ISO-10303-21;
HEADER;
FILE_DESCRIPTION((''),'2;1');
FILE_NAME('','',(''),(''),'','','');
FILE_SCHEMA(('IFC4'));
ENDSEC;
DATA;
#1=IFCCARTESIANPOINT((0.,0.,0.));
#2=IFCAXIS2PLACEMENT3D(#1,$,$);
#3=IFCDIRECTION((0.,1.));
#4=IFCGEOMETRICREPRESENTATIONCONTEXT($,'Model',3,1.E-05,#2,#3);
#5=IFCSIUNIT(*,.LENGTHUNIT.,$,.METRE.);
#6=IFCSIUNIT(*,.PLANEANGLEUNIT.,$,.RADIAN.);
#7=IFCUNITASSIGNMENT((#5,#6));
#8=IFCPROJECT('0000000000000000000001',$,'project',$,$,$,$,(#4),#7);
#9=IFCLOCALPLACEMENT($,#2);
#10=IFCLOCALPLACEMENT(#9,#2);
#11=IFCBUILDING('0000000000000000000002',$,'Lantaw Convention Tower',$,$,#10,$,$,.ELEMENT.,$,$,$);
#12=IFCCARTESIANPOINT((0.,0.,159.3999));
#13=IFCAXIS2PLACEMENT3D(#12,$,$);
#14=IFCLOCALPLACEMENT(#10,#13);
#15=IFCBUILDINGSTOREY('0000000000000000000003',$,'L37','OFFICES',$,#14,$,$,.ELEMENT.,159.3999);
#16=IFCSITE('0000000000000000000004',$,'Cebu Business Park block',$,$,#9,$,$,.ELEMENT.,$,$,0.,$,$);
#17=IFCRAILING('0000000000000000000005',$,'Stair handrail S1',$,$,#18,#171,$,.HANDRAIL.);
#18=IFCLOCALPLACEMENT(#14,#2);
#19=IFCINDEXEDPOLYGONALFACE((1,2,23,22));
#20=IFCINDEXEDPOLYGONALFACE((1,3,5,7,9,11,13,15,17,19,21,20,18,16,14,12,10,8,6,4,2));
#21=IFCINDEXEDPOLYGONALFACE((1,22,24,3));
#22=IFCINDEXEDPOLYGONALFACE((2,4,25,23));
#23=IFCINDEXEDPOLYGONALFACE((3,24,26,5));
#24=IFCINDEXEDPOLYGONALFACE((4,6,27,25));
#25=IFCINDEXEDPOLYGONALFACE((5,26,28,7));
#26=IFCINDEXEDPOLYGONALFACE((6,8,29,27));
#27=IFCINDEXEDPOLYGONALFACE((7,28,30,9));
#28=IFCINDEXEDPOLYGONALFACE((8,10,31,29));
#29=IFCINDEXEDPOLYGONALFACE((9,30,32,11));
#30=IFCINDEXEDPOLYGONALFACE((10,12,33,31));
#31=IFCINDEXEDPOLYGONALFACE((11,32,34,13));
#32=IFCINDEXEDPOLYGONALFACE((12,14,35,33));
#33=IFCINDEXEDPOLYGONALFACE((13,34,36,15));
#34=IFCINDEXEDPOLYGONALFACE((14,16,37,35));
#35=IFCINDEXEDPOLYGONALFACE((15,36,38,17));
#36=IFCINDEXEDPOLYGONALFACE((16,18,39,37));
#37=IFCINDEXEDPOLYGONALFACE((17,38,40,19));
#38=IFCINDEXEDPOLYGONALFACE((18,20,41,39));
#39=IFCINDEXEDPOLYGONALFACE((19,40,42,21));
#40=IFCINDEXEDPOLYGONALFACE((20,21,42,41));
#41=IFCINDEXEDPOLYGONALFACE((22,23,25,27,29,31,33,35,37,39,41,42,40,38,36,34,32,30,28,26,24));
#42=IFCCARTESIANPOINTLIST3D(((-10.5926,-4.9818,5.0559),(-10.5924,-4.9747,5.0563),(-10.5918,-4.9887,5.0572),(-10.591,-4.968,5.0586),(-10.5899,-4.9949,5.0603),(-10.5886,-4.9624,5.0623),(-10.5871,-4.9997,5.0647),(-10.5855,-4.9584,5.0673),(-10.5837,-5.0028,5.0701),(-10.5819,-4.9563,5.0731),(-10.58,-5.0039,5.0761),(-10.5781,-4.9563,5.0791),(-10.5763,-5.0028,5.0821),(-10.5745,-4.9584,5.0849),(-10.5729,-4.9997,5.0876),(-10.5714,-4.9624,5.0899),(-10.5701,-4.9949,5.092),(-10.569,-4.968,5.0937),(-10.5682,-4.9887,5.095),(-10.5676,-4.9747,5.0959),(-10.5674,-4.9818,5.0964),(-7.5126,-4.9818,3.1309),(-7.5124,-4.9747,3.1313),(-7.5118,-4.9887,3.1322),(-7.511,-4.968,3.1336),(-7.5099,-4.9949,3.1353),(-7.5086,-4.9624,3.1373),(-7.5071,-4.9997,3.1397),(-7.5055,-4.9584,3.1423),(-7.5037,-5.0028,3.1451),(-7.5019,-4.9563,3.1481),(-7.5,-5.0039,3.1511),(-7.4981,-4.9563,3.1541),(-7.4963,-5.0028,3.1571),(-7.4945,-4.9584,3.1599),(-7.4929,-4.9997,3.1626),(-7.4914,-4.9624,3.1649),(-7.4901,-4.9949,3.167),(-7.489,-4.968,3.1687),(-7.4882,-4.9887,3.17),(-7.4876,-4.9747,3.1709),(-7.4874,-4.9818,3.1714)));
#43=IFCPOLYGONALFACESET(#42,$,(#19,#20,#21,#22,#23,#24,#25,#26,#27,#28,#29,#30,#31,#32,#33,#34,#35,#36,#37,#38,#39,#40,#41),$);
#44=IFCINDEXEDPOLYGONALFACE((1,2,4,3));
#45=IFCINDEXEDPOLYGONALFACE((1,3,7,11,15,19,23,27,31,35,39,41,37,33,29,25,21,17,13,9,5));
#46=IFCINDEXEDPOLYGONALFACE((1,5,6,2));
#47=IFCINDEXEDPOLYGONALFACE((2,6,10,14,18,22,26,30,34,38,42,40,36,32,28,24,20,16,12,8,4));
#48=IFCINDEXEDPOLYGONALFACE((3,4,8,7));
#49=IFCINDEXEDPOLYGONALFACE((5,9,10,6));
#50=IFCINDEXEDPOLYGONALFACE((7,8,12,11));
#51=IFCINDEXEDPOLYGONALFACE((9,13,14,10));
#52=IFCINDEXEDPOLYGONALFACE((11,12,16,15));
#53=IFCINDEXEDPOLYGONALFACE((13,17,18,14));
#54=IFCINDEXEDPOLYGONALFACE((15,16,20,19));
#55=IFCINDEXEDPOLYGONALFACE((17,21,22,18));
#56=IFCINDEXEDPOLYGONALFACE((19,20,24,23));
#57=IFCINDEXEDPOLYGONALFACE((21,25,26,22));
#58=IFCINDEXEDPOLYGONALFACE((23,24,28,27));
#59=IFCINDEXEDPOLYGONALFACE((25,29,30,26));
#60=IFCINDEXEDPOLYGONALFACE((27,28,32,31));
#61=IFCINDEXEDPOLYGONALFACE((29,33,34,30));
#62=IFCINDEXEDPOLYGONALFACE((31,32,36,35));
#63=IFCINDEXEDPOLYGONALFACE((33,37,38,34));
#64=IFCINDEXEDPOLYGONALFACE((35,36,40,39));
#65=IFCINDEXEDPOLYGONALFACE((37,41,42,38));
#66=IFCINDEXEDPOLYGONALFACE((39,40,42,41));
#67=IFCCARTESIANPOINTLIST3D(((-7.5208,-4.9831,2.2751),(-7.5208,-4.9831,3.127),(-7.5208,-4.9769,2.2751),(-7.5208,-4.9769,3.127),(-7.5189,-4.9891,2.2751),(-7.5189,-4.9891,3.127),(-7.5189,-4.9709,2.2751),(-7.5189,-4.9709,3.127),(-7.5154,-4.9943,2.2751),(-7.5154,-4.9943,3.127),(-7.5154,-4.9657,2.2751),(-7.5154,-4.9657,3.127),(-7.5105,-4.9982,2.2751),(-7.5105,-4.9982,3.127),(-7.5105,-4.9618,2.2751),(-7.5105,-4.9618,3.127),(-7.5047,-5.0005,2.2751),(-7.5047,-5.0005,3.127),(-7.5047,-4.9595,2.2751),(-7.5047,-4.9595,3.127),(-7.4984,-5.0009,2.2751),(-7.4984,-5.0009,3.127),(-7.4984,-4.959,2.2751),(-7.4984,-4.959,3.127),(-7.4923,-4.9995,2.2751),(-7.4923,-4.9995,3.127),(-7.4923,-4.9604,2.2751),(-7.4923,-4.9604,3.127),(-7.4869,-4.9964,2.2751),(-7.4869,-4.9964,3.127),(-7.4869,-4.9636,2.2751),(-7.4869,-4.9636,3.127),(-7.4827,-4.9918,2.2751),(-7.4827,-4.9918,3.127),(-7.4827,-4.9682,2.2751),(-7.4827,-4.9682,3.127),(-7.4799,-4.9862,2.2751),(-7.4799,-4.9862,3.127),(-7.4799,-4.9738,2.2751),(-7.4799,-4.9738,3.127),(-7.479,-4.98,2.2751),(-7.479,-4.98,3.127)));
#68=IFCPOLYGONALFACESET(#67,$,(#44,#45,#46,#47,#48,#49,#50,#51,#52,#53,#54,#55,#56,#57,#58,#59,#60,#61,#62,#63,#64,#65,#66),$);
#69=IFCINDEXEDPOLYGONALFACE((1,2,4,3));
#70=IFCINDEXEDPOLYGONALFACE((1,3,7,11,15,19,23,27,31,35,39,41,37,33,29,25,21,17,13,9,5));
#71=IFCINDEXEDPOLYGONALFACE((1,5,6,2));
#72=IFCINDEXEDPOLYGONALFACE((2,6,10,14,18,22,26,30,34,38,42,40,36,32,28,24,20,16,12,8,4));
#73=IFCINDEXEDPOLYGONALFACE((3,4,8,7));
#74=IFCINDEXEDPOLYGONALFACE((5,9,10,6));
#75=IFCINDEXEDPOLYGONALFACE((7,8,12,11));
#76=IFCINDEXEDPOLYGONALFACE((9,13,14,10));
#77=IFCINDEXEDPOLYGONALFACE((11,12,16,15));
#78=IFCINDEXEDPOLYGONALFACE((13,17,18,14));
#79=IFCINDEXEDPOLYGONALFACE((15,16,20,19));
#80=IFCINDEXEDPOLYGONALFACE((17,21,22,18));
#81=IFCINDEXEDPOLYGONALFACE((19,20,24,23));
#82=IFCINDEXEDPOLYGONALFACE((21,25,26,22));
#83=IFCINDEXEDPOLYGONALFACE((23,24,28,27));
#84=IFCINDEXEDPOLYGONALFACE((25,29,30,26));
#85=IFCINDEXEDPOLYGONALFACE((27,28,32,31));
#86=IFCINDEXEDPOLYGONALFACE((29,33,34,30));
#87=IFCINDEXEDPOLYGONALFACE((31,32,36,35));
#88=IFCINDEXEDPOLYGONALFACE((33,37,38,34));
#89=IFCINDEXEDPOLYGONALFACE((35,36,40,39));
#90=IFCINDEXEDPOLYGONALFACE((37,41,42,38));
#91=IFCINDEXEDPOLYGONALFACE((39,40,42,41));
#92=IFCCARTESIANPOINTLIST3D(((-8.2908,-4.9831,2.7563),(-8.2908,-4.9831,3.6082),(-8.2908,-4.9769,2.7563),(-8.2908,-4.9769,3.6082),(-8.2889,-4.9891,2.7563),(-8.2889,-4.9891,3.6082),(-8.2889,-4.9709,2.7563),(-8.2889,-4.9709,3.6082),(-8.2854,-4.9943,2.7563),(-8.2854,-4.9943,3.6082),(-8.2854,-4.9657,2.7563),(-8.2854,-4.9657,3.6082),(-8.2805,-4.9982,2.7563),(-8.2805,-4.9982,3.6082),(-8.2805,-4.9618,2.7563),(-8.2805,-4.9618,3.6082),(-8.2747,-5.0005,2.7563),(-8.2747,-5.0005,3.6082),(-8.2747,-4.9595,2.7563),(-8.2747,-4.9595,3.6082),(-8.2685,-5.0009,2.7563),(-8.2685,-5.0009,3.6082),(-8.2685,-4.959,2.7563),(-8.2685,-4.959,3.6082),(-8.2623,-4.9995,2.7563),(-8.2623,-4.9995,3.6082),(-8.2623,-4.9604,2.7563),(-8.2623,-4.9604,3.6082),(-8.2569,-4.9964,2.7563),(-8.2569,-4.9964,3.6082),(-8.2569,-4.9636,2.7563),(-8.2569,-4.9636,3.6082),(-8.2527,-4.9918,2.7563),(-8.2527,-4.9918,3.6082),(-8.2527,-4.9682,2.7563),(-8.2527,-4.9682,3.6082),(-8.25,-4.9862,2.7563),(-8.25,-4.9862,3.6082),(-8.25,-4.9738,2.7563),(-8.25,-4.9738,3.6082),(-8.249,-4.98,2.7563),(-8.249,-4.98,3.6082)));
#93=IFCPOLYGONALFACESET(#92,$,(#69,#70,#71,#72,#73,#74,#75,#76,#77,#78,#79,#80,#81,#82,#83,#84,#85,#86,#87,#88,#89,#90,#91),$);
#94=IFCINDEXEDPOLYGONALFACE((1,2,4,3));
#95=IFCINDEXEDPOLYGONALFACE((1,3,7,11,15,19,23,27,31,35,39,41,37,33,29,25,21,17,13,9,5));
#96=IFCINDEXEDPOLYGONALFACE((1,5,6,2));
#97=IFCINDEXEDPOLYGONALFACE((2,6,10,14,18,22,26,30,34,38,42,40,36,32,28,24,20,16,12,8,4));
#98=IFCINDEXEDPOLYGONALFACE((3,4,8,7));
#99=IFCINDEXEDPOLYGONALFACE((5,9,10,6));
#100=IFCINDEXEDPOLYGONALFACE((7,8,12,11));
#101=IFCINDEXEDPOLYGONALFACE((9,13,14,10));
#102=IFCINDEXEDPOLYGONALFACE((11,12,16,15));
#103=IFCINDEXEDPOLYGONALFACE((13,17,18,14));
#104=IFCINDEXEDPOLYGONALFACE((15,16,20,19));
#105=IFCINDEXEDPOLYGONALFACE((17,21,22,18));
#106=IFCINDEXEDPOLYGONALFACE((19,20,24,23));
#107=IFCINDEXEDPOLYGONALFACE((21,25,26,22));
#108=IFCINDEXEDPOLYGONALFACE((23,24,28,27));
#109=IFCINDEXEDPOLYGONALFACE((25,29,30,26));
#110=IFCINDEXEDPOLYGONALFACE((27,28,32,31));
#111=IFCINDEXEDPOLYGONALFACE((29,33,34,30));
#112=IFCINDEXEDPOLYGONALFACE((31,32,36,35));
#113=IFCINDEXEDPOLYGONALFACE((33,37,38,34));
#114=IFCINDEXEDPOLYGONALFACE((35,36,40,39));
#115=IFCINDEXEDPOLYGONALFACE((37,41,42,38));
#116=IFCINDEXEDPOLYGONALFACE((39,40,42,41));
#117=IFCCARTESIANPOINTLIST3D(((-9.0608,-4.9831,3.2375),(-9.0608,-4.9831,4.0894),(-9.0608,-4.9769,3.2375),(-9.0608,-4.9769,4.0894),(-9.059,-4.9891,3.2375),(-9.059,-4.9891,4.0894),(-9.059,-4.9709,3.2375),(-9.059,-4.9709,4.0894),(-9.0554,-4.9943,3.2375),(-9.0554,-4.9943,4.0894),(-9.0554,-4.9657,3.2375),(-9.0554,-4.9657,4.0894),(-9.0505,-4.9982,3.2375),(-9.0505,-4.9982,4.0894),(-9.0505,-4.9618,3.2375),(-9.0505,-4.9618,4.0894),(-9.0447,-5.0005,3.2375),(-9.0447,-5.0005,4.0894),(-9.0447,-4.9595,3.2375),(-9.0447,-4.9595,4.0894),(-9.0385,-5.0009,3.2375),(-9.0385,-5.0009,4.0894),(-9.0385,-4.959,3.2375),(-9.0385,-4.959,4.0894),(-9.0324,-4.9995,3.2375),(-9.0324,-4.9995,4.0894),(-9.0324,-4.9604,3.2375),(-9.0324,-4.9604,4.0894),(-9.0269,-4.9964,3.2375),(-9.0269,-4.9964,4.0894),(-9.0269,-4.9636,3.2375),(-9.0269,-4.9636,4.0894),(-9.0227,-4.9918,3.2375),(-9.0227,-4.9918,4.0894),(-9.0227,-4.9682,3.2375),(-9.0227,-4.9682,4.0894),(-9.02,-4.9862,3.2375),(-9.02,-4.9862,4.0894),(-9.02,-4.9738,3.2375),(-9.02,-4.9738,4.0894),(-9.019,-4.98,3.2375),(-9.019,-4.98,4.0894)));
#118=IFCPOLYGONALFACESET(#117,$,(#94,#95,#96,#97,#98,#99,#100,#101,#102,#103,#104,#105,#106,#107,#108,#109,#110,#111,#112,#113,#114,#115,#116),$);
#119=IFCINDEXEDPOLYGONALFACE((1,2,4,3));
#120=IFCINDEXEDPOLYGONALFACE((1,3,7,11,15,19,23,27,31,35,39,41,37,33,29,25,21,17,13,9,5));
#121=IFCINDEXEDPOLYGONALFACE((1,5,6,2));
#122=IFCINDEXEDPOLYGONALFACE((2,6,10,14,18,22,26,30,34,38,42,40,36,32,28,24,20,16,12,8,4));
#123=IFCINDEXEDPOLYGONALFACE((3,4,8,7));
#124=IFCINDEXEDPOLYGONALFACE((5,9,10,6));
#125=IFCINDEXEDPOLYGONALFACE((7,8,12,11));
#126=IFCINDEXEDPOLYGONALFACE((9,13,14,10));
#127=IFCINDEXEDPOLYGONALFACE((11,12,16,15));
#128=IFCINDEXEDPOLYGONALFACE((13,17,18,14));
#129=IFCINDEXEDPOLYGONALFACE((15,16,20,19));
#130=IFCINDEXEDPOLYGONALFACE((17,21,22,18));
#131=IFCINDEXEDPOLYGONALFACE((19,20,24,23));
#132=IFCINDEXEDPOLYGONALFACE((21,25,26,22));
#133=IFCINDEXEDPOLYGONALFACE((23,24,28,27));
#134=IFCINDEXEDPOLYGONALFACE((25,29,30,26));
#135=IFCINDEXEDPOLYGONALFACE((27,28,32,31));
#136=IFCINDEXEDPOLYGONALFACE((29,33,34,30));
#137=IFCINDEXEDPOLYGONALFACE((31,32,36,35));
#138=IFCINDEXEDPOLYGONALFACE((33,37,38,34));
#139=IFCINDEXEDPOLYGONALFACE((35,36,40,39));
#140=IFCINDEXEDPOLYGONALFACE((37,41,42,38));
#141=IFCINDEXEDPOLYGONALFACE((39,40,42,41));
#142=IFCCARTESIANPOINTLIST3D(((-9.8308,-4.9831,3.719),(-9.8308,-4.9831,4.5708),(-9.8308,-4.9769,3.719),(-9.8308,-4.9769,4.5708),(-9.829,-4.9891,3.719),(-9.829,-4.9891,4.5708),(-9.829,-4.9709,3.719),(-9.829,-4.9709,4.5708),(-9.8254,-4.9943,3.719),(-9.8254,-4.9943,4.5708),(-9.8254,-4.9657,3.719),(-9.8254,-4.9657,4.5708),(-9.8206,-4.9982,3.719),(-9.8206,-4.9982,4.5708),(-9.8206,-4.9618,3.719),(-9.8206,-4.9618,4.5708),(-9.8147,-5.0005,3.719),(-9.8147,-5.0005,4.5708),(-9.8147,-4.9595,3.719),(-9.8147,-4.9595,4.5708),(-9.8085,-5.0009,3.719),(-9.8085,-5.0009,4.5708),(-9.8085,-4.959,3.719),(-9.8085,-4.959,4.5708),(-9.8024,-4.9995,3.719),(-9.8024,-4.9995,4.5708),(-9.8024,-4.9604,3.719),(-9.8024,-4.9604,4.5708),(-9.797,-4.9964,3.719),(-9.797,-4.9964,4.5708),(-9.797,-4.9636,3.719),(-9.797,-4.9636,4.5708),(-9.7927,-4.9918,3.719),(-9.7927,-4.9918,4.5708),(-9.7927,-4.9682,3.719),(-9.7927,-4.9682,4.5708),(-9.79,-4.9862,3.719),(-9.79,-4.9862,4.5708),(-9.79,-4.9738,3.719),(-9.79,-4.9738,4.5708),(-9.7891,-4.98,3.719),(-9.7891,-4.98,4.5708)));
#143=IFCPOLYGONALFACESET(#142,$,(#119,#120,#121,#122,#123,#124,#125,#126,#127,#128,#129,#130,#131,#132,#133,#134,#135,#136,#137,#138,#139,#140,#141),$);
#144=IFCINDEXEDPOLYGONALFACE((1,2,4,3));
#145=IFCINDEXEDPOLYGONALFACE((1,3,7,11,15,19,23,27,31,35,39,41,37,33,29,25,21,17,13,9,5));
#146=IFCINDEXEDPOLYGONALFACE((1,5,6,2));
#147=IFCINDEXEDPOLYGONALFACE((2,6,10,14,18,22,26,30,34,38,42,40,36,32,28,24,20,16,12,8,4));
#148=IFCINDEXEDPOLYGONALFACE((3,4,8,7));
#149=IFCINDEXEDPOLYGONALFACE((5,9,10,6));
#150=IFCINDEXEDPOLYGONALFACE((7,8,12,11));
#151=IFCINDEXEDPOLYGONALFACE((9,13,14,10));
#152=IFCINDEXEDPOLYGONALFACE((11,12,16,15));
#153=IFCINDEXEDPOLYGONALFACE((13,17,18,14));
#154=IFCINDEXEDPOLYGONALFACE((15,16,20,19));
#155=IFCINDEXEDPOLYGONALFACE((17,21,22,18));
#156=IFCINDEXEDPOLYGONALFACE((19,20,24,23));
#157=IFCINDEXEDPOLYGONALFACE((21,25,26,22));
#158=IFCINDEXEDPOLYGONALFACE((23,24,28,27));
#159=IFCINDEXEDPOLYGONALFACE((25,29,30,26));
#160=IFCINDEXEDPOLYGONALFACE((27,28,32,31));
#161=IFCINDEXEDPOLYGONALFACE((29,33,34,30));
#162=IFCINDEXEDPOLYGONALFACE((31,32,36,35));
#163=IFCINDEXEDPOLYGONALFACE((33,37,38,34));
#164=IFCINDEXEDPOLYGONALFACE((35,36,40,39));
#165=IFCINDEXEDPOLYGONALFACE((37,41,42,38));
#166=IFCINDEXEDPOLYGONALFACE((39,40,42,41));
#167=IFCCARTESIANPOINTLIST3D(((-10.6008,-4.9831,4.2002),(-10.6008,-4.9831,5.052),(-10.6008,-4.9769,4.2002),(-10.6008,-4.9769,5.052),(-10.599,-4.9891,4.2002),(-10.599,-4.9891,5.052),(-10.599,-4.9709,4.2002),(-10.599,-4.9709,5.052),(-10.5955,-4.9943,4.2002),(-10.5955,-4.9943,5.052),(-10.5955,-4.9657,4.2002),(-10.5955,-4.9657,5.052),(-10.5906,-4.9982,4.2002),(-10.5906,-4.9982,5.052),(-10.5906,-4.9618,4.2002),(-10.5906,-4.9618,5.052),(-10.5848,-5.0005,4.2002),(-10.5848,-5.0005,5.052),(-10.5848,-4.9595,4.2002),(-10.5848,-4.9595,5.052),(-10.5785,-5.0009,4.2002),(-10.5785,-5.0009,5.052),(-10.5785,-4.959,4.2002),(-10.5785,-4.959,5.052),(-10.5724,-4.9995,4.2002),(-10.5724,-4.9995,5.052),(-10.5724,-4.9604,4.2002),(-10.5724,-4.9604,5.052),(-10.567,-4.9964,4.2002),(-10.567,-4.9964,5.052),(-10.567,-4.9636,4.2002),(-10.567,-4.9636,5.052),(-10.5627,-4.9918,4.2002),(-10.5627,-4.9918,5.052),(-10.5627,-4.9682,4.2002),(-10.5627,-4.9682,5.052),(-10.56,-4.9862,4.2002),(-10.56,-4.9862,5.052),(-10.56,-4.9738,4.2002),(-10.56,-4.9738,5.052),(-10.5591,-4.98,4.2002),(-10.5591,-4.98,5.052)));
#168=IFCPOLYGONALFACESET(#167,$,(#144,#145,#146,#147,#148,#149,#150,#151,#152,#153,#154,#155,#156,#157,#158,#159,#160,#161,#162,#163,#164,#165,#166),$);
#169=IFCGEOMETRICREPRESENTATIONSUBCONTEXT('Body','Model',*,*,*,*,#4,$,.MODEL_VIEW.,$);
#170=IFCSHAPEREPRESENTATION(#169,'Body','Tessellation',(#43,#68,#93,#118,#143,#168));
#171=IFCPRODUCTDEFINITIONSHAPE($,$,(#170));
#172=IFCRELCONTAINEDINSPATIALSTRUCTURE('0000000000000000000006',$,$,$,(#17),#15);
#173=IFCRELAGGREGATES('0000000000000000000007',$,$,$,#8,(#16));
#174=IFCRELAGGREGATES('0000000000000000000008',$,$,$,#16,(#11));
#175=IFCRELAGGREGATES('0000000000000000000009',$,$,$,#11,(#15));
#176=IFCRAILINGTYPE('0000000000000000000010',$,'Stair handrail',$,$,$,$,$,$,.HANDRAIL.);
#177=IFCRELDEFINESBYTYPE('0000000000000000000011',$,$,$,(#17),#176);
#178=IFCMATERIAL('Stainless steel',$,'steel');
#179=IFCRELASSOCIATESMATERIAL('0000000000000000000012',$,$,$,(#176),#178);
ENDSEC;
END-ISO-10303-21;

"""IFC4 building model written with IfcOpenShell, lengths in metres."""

from ifc_helpers import new_model, si_unit, direction, frame, origin, origin_2d, place, context, subcontext, project, spatial, circle, extrude, material, type_object, element, save


model = new_model("IFC4")

# Units and contexts
model_context = context("Model", 3, precision=1e-05, world=origin(), true_north=direction((0.0, 1.0)))
body_context = subcontext(model_context, "Body", "Model", "MODEL_VIEW")
ifc_project = project(units=[si_unit("LENGTHUNIT", "METRE"), si_unit("PLANEANGLEUNIT", "RADIAN")], contexts=[model_context])

# Site, building, storey
site_placement = place(None, origin())
site = spatial("IfcSite", under=ifc_project, at=site_placement, Name="Cebu Business Park block", CompositionType="ELEMENT", RefElevation=0.0)
building_placement = place(site_placement, origin())
building = spatial("IfcBuilding", under=site, at=building_placement, Name="Lantaw Convention Tower", CompositionType="ELEMENT")
storey_placement = place(building_placement, frame((0.0, 0.0, 159.3999)))
storey = spatial("IfcBuildingStorey", under=building, at=storey_placement, Name="L37", Description="OFFICES", CompositionType="ELEMENT", Elevation=159.3999)

# Railing
ifc_material_1 = material(Name="Stainless steel", Category="steel")
railing_type = type_object("IfcRailingType", Name="Stair handrail", PredefinedType="HANDRAIL", material=ifc_material_1)
railing_1_placement = place(storey_placement, frame((-7.5, -4.98, 2.2751)))
element("IfcRailing", 1, at=railing_1_placement, inside=storey, type_object=railing_type, Name="Stair handrail S1", PredefinedType="HANDRAIL", context=body_context, shape_type="SweptSolid", body=[
    extrude(circle(Radius=0.0239, at=origin_2d()), frame((0.0, 0.0, 0.876), z_axis=(-0.847998, 0.0, 0.529999), x_axis=(0.0, -1.0, 0.0)), (0.0, 0.0, 1.0), 3.6321),
    extrude(circle(Radius=0.021, at=origin_2d()), origin(), (0.0, 0.0, 1.0), 0.8518),
    extrude(circle(Radius=0.021, at=origin_2d()), frame((-0.77, 0.0, 0.4812)), (0.0, 0.0, 1.0), 0.8518),
    extrude(circle(Radius=0.021, at=origin_2d()), frame((-1.54, 0.0, 0.9624)), (0.0, 0.0, 1.0), 0.8518),
    extrude(circle(Radius=0.021, at=origin_2d()), frame((-2.3101, 0.0, 1.4438)), (0.0, 0.0, 1.0), 0.8518),
    extrude(circle(Radius=0.021, at=origin_2d()), frame((-3.0801, 0.0, 1.925)), (0.0, 0.0, 1.0), 0.8518),
])

save(model, "model.ifc")
